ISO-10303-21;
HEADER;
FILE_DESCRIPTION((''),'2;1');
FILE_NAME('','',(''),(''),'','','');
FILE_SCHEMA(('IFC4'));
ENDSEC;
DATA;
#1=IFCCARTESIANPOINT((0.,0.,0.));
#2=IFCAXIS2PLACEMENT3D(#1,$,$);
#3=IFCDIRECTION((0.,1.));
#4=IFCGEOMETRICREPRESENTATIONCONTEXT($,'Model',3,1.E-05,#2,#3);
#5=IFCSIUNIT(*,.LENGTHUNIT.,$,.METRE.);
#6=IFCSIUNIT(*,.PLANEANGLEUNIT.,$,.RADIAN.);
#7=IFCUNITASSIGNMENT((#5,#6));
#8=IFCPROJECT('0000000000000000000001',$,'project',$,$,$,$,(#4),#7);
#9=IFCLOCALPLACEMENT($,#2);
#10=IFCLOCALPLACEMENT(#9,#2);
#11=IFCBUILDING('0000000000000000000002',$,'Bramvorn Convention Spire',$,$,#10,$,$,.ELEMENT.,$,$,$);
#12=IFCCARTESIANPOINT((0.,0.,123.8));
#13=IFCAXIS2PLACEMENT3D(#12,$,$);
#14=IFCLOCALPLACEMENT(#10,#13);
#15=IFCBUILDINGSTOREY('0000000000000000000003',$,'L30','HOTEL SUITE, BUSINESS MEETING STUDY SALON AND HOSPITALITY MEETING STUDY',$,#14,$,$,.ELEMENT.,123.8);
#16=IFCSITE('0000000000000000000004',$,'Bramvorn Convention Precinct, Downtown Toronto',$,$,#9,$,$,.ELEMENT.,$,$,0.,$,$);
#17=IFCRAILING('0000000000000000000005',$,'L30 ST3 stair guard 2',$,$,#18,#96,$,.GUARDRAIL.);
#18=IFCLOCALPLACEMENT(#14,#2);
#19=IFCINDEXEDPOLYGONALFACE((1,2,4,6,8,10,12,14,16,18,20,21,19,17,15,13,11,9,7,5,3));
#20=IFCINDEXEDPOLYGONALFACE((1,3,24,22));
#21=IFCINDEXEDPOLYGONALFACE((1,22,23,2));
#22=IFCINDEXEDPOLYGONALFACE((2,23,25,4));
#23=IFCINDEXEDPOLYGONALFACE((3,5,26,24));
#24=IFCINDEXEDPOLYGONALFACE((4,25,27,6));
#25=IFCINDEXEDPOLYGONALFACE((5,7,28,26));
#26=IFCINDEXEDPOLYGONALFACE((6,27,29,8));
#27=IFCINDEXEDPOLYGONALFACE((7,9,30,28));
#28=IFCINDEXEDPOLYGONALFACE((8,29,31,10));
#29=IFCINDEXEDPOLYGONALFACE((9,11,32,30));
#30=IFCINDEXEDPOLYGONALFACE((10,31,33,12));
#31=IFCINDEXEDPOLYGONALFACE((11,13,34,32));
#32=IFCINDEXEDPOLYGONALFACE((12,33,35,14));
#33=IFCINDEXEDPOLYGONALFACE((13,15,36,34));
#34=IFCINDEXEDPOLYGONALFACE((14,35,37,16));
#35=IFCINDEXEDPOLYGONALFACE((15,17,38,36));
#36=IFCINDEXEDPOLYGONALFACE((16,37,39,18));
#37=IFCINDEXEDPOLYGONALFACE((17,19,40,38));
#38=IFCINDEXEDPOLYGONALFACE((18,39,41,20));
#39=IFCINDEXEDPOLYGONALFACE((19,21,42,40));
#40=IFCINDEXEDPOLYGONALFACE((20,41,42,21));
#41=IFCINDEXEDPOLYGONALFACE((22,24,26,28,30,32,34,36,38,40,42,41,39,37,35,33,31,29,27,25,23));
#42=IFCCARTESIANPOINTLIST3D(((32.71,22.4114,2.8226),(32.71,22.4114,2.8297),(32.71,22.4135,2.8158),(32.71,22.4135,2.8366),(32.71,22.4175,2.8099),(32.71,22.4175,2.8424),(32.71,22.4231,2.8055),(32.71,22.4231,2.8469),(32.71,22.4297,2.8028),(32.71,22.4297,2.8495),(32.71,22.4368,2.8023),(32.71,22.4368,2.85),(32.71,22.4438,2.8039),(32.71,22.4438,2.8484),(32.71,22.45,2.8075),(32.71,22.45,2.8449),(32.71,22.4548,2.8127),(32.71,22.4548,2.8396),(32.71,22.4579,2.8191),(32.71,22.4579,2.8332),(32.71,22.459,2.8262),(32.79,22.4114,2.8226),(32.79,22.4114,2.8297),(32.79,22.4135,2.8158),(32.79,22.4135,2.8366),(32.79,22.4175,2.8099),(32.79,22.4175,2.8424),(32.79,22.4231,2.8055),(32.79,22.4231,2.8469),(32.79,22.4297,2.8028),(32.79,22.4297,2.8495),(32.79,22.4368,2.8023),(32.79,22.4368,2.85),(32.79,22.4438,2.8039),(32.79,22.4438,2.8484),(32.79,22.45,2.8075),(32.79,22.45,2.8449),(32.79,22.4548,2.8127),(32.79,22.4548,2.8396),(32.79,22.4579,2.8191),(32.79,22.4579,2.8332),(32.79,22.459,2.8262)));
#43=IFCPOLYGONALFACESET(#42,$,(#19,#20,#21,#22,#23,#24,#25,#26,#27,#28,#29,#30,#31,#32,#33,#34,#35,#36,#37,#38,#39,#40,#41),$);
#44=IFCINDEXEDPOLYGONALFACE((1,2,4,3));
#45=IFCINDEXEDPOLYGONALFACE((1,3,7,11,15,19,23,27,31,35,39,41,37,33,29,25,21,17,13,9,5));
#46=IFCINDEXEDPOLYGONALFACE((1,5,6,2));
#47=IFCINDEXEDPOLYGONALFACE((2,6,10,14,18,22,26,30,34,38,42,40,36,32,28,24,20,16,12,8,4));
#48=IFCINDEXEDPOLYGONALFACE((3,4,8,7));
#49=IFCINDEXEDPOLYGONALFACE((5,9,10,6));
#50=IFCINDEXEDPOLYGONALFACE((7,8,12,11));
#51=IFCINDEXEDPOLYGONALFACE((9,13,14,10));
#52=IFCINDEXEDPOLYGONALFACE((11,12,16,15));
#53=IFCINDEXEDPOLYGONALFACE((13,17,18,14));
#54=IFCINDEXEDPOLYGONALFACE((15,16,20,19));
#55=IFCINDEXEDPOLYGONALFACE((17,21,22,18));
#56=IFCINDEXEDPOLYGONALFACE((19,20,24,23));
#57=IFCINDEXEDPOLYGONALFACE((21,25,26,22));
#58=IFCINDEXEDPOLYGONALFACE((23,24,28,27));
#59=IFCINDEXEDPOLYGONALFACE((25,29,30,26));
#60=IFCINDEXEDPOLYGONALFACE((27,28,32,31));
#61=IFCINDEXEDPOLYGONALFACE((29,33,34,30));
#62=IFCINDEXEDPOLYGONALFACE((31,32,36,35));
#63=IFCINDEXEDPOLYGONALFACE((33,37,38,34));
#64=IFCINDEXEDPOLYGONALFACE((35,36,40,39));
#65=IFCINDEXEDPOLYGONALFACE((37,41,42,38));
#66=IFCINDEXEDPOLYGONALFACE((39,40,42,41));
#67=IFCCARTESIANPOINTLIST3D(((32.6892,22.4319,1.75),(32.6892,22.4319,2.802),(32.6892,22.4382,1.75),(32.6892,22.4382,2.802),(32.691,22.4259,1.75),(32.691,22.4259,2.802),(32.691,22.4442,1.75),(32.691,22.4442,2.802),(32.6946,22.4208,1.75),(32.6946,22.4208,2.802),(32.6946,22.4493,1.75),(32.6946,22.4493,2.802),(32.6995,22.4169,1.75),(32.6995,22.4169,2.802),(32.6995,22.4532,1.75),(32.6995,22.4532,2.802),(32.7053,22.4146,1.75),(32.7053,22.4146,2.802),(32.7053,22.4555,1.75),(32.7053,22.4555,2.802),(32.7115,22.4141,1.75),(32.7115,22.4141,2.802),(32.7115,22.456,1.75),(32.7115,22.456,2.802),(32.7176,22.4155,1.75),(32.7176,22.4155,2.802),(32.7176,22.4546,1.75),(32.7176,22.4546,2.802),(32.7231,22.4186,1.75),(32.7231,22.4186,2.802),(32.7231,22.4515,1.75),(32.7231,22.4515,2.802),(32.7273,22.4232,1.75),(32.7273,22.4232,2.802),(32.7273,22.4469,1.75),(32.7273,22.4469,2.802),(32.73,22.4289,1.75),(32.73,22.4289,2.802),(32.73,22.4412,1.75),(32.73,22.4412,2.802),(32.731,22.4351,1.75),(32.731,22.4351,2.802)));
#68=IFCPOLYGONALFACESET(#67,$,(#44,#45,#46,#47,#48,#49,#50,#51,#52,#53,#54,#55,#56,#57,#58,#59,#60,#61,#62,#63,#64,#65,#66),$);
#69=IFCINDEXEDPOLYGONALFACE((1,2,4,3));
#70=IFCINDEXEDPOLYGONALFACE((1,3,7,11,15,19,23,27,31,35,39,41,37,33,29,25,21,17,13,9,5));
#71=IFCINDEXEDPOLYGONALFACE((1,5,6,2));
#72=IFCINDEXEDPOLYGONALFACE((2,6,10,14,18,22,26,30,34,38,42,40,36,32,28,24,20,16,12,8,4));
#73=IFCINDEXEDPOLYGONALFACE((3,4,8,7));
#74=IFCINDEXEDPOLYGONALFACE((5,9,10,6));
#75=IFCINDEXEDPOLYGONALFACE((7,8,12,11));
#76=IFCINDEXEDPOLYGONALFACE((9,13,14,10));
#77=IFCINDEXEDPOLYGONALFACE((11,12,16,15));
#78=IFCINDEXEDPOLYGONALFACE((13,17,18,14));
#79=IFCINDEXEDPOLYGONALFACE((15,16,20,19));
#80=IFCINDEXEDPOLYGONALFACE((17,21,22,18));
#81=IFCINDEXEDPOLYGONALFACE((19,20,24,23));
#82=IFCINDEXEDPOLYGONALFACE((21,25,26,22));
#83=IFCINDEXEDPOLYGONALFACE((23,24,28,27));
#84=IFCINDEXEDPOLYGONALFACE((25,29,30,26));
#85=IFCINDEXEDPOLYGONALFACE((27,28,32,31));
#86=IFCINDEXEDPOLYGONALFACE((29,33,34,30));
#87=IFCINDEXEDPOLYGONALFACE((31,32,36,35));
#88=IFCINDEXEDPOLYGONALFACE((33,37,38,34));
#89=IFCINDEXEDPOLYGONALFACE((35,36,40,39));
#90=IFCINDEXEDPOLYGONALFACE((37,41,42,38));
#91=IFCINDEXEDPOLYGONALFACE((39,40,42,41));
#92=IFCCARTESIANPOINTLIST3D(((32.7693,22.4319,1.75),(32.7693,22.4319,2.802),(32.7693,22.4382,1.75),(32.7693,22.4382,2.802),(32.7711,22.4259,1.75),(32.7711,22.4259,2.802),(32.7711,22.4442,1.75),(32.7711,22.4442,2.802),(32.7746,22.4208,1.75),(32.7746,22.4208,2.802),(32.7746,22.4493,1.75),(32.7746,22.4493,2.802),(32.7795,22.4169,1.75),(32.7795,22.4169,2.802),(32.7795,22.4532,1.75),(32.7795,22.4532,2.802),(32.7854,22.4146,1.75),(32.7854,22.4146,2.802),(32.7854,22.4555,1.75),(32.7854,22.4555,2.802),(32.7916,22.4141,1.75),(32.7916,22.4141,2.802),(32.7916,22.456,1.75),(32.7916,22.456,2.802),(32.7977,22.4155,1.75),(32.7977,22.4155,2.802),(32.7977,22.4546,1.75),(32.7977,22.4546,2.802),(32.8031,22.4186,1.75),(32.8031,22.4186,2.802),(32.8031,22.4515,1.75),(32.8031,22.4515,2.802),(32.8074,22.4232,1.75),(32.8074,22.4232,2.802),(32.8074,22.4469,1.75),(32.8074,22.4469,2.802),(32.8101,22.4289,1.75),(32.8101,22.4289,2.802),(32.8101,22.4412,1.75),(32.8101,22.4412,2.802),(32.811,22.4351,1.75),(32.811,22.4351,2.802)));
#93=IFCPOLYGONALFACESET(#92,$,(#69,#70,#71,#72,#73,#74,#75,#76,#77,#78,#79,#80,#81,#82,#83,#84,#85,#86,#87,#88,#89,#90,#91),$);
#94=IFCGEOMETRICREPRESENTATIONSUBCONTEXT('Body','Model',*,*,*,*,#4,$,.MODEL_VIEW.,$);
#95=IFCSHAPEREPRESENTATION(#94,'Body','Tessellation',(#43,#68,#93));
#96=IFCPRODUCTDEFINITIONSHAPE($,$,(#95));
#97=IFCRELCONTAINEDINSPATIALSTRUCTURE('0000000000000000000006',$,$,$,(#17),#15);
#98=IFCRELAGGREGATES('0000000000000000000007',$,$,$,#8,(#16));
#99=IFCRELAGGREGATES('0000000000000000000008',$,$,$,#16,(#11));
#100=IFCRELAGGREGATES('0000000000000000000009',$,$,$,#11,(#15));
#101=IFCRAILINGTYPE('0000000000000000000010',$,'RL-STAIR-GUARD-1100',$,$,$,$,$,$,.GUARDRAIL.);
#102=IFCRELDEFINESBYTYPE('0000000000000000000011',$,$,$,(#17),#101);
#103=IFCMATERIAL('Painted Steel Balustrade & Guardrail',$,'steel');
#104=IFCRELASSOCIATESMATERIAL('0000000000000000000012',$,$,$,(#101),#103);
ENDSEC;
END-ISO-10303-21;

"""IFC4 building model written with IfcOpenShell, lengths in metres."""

from ifc_helpers import new_model, si_unit, direction, frame, origin, origin_2d, place, context, subcontext, project, spatial, circle, extrude, material, type_object, element, save


model = new_model("IFC4")

# Units and contexts
model_context = context("Model", 3, precision=1e-05, world=origin(), true_north=direction((0.0, 1.0)))
body_context = subcontext(model_context, "Body", "Model", "MODEL_VIEW")
ifc_project = project(units=[si_unit("LENGTHUNIT", "METRE"), si_unit("PLANEANGLEUNIT", "RADIAN")], contexts=[model_context])

# Site, building, storey
site_placement = place(None, origin())
site = spatial("IfcSite", under=ifc_project, at=site_placement, Name="Bramvorn Convention Precinct, Downtown Toronto", CompositionType="ELEMENT", RefElevation=0.0)
building_placement = place(site_placement, origin())
building = spatial("IfcBuilding", under=site, at=building_placement, Name="Bramvorn Convention Spire", CompositionType="ELEMENT")
storey_placement = place(building_placement, frame((0.0, 0.0, 123.8)))
storey = spatial("IfcBuildingStorey", under=building, at=storey_placement, Name="L30", Description="HOTEL SUITE, BUSINESS MEETING STUDY SALON AND HOSPITALITY MEETING STUDY", CompositionType="ELEMENT", Elevation=123.8)

# Railing
ifc_material_1 = material(Name="Painted Steel Balustrade & Guardrail", Category="steel")
railing_type_1 = type_object("IfcRailingType", Name="RL-STAIR-GUARD-1100", PredefinedType="GUARDRAIL", material=ifc_material_1)
railing_1_placement = place(storey_placement, frame((32.71, 22.4351, 1.75)))
element("IfcRailing", 1, at=railing_1_placement, inside=storey, type_object=railing_type_1, Name="L30 ST3 stair guard 2", PredefinedType="GUARDRAIL", context=body_context, shape_type="SweptSolid", body=[
    extrude(circle(Radius=0.0239, at=origin_2d()), frame((0.0, 0.0, 1.0762), z_axis=(1.0, 0.0, 0.0), x_axis=(0.0, 1.0, 0.0)), (0.0, 0.0, 1.0), 0.0801),
    extrude(circle(Radius=0.021, at=origin_2d()), origin(), (0.0, 0.0, 1.0), 1.052),
    extrude(circle(Radius=0.021, at=origin_2d()), frame((0.0801, 0.0, 0.0)), (0.0, 0.0, 1.0), 1.052),
])

save(model, "model.ifc")
